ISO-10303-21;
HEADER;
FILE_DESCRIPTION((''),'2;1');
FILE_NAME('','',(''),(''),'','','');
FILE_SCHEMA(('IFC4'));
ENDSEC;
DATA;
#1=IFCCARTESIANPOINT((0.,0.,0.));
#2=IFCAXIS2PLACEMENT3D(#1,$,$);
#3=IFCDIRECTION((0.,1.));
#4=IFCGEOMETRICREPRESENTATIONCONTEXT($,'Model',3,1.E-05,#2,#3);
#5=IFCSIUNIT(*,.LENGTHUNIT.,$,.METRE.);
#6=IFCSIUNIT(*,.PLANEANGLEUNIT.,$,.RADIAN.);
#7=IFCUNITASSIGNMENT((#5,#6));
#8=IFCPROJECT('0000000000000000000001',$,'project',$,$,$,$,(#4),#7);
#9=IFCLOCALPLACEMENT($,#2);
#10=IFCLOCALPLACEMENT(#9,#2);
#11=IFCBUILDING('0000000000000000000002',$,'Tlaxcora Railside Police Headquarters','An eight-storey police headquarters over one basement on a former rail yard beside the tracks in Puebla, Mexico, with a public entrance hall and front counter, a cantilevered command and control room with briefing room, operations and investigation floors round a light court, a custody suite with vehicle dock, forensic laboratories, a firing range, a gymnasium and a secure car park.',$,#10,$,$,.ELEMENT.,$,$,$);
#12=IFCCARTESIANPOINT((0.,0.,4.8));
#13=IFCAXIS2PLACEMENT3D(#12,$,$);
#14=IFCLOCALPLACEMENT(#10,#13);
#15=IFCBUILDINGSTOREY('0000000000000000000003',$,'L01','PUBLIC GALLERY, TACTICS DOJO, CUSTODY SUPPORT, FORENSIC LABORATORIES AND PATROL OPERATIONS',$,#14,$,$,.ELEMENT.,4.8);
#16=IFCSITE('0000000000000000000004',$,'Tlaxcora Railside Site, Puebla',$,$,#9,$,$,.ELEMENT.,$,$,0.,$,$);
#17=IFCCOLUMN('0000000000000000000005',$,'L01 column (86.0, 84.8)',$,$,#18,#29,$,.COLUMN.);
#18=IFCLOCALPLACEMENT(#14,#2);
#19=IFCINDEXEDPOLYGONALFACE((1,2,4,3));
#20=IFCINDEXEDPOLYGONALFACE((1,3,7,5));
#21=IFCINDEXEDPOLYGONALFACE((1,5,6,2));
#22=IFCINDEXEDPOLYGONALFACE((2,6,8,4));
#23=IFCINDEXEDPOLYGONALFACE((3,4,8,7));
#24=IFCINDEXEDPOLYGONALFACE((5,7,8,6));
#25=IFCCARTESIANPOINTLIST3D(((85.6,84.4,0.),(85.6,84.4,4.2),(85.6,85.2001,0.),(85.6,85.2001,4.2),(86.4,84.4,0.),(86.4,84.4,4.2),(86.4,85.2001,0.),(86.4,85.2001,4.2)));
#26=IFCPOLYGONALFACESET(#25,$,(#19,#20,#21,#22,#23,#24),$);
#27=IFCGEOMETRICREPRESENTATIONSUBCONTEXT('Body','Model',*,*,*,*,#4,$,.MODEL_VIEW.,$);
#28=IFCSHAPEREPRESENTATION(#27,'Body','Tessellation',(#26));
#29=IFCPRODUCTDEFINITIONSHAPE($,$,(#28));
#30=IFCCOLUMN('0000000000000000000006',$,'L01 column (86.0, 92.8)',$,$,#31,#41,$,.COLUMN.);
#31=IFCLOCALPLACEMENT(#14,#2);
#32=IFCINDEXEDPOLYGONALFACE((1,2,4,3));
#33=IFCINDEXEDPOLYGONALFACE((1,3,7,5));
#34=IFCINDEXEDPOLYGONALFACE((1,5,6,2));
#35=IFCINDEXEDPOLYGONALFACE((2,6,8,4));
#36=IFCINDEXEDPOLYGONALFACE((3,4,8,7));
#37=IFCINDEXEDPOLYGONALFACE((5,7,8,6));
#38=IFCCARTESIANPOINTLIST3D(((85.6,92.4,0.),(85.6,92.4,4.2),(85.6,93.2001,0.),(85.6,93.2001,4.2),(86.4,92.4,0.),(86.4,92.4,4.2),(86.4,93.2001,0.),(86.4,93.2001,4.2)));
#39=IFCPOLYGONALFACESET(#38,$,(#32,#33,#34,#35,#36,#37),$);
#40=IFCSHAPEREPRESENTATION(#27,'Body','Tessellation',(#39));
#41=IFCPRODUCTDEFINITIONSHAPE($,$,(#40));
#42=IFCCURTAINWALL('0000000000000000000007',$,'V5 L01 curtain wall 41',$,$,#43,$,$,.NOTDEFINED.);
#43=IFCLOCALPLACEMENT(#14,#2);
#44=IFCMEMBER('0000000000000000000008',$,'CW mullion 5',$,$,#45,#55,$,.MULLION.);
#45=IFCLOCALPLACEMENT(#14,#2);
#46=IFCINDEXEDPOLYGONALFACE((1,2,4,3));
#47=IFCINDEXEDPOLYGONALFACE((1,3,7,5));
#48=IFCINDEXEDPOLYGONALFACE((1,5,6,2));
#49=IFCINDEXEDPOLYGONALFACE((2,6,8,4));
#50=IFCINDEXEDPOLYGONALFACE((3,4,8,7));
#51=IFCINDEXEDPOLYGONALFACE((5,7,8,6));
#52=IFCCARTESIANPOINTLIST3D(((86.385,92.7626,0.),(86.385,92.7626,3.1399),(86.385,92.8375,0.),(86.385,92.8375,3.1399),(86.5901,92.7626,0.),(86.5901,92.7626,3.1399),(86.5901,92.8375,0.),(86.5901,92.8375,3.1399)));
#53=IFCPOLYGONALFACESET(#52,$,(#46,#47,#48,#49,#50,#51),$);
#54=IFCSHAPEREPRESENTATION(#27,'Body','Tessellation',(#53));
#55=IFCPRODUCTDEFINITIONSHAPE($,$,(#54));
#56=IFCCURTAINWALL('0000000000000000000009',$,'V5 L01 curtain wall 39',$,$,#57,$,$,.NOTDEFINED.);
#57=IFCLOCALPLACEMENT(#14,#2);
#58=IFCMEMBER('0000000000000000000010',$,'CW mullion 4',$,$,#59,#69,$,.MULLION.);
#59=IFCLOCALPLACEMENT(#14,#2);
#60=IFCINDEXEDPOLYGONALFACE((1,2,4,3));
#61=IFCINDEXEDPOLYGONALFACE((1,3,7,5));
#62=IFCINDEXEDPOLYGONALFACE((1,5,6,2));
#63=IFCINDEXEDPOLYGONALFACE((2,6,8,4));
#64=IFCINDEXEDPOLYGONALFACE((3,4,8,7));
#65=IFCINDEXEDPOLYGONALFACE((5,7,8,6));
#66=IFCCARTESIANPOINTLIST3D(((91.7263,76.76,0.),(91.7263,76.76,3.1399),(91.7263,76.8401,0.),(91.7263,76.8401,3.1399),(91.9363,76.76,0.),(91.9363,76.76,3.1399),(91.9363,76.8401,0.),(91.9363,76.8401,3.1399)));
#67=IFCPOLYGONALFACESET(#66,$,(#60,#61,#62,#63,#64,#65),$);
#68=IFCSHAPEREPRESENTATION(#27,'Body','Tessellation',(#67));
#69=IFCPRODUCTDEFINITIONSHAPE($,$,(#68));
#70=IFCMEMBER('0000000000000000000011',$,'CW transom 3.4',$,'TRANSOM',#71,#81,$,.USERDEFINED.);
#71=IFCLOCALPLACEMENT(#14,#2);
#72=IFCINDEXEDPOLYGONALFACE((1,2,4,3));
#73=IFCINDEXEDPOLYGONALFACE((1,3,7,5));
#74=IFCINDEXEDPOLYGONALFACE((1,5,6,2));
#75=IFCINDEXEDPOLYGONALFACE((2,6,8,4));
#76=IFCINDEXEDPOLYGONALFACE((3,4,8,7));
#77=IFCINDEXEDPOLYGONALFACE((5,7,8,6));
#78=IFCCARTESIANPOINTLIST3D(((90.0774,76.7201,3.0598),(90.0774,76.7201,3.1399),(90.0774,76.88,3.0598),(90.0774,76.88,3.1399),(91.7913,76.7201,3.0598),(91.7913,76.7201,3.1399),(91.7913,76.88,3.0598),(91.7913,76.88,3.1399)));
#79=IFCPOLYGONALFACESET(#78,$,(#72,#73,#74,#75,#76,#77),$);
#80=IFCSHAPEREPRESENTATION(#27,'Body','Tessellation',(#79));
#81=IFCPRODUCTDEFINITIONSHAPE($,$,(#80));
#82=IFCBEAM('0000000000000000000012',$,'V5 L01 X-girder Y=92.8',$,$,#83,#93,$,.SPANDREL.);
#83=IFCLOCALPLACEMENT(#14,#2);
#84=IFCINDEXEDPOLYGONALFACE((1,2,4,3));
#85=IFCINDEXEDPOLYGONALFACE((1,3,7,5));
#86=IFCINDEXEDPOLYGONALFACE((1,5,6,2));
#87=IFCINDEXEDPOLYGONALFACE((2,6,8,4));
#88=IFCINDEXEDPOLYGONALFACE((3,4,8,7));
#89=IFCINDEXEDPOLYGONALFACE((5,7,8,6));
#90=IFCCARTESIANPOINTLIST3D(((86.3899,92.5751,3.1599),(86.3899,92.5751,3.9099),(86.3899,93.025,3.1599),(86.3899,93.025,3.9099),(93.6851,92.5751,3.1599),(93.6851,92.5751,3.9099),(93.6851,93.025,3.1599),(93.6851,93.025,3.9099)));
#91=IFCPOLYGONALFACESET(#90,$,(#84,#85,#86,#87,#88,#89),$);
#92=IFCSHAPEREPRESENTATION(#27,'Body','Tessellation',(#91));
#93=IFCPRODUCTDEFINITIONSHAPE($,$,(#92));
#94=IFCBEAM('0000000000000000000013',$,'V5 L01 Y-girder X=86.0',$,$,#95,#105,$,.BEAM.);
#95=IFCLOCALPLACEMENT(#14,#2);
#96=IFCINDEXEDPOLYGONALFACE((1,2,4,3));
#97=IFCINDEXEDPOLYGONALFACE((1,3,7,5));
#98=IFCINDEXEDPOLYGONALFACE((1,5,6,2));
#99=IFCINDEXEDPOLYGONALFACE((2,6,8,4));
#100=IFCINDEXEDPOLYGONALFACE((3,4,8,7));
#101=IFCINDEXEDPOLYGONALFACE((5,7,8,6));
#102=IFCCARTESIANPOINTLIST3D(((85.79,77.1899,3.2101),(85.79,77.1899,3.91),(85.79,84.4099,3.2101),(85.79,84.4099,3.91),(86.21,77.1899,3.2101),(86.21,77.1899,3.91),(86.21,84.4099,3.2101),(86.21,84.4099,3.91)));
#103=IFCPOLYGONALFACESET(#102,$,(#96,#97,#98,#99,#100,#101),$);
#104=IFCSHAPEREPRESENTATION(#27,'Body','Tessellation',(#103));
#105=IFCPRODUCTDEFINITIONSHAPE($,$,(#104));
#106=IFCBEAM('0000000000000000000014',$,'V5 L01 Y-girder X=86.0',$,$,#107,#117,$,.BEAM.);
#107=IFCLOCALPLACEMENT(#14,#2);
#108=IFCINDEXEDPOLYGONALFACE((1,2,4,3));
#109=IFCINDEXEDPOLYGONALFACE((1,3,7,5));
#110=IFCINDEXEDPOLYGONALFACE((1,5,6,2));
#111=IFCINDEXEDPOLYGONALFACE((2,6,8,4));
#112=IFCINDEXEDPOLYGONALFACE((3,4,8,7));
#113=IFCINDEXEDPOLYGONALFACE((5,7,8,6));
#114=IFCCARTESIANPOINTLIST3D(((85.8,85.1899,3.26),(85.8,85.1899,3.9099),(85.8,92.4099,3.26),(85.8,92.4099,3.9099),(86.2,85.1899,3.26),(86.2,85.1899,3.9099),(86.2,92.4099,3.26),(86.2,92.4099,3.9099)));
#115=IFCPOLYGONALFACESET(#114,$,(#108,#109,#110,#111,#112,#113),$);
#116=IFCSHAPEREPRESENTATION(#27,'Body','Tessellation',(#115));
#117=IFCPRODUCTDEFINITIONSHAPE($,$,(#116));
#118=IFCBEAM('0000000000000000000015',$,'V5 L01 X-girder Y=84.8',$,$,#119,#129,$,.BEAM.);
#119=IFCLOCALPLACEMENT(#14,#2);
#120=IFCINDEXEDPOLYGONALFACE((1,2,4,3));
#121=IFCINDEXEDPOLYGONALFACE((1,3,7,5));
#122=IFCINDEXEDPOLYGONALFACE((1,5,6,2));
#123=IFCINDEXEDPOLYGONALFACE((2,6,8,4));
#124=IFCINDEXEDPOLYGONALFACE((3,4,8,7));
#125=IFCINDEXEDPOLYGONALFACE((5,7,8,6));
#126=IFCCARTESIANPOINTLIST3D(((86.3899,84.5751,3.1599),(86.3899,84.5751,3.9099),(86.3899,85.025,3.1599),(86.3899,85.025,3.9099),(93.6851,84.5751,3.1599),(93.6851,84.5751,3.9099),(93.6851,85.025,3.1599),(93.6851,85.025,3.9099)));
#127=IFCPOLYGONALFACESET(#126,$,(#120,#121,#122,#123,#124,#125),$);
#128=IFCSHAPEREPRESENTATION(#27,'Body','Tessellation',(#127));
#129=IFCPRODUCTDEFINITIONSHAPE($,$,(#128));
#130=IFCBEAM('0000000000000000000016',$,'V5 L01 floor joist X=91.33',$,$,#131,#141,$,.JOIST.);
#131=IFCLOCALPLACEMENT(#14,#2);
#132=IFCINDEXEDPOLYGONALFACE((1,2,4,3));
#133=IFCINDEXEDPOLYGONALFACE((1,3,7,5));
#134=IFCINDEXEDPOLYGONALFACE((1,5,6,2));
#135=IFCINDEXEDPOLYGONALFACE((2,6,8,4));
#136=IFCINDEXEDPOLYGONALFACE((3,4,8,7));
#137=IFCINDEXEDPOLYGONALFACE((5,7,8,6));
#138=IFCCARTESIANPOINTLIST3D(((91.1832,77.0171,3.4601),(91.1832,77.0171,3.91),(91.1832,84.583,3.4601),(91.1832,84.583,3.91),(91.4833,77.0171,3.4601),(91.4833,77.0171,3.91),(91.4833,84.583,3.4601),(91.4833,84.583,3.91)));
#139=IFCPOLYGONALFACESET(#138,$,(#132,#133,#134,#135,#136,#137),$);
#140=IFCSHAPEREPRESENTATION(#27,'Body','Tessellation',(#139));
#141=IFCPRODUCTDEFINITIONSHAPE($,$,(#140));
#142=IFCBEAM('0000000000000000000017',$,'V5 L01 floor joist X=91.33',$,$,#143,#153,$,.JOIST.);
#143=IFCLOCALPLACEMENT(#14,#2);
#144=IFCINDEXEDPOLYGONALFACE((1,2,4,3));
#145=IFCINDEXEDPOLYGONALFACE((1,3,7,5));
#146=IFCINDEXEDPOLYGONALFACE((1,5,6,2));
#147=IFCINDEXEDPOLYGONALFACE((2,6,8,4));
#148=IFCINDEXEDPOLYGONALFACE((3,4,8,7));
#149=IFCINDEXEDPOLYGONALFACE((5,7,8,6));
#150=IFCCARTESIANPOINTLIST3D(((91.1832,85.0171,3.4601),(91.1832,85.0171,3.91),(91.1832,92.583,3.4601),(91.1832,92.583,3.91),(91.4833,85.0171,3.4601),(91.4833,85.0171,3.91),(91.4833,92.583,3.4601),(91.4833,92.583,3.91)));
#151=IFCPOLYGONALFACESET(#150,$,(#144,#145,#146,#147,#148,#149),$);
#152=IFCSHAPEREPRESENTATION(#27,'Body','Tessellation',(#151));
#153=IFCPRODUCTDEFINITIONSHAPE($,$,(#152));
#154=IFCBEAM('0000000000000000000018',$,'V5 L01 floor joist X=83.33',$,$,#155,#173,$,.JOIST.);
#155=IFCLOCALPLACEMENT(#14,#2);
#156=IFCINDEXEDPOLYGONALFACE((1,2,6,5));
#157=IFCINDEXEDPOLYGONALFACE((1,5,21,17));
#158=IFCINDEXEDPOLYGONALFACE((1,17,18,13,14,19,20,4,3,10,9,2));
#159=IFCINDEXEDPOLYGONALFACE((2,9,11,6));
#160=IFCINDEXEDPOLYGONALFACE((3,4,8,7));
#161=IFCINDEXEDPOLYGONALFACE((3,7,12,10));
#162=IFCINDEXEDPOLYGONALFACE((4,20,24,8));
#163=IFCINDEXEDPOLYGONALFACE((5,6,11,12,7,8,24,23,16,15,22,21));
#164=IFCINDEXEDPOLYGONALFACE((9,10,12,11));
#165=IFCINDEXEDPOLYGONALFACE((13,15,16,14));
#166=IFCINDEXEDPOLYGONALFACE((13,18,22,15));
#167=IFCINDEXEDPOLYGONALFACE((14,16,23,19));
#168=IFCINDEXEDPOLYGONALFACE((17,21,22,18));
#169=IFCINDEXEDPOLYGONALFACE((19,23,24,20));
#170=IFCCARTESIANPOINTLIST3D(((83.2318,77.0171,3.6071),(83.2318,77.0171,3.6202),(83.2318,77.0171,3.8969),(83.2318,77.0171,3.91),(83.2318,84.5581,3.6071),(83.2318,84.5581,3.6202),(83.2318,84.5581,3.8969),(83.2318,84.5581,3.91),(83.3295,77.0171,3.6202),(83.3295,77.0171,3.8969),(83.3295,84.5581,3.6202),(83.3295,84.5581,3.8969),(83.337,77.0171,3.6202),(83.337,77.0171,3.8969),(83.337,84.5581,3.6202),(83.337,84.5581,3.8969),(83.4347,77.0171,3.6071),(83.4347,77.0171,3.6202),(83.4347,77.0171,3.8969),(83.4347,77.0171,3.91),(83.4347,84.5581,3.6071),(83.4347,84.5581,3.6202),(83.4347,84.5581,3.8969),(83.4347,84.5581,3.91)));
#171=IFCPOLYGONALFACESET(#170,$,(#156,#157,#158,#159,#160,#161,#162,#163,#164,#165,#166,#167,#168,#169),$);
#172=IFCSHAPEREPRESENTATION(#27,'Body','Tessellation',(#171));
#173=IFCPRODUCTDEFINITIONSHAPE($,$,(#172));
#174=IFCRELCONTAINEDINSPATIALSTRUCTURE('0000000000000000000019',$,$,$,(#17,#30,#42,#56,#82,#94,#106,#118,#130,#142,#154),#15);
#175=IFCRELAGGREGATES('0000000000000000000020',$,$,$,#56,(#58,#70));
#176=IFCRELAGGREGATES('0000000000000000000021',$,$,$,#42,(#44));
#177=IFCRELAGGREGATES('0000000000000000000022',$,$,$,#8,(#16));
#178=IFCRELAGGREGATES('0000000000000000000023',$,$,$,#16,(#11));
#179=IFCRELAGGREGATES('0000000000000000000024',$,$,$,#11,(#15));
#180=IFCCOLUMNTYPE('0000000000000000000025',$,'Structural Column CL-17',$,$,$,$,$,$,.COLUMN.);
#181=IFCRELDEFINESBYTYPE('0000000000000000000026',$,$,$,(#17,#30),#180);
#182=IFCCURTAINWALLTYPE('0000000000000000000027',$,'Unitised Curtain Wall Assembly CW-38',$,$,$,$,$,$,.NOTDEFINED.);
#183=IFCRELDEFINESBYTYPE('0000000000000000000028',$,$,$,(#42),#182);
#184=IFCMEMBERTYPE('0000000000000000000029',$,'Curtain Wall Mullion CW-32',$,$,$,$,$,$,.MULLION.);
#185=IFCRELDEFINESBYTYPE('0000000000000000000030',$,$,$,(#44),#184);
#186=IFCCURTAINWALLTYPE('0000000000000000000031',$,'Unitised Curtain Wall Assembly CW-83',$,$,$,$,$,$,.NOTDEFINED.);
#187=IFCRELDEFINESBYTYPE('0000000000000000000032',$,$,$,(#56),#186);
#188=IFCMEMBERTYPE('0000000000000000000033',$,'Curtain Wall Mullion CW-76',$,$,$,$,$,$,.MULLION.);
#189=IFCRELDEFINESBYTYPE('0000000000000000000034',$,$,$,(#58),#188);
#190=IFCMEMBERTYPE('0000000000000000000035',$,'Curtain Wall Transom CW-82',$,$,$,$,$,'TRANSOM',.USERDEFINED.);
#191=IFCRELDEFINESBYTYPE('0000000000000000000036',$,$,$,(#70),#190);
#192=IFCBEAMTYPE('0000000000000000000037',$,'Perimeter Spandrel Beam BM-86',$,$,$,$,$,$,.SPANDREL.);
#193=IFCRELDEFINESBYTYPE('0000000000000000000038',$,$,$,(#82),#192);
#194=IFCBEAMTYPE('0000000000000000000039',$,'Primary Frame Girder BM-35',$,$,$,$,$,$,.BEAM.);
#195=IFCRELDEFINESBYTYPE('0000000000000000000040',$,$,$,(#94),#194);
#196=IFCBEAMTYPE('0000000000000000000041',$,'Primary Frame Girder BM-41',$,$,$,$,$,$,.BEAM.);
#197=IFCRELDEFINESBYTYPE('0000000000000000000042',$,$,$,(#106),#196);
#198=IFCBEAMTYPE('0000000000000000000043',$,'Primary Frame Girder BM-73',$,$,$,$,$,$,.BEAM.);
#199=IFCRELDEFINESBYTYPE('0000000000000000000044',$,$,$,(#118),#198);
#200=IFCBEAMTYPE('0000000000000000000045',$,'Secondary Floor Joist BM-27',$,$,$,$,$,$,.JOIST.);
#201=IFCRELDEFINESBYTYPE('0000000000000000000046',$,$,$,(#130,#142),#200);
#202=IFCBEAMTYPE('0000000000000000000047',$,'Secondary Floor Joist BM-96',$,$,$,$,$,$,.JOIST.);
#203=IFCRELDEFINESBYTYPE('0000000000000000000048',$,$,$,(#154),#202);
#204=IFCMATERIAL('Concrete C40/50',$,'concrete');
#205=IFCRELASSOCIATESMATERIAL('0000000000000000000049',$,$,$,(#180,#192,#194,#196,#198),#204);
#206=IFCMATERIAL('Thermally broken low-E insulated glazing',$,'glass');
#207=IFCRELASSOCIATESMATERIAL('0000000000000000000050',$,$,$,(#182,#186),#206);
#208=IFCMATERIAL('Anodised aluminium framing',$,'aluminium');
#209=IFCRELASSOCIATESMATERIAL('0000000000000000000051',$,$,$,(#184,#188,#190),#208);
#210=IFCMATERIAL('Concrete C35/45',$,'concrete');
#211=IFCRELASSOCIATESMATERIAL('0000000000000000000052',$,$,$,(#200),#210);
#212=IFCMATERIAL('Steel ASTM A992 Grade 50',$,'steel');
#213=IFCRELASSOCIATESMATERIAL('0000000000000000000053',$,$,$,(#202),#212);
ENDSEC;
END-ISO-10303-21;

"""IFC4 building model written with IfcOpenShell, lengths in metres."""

from ifc_helpers import new_model, si_unit, direction, frame, origin, origin_2d, place, context, subcontext, project, spatial, rectangle, i_section, extrude, material, material_profile, profile_set, type_object, element, aggregate, save


model = new_model("IFC4")

# Units and contexts
model_context = context("Model", 3, precision=1e-05, world=origin(), true_north=direction((0.0, 1.0)))
body_context = subcontext(model_context, "Body", "Model", "MODEL_VIEW")
ifc_project = project(units=[si_unit("LENGTHUNIT", "METRE"), si_unit("PLANEANGLEUNIT", "RADIAN")], contexts=[model_context])

# Site, building, storey
site_placement = place(None, origin())
site = spatial("IfcSite", under=ifc_project, at=site_placement, Name="Tlaxcora Railside Site, Puebla", CompositionType="ELEMENT", RefElevation=0.0)
building_placement = place(site_placement, origin())
building = spatial("IfcBuilding", under=site, at=building_placement, Name="Tlaxcora Railside Police Headquarters", Description="An eight-storey police headquarters over one basement on a former rail yard beside the tracks in Puebla, Mexico, with a public entrance hall and front counter, a cantilevered command and control room with briefing room, operations and investigation floors round a light court, a custody suite with vehicle dock, forensic laboratories, a firing range, a gymnasium and a secure car park.", CompositionType="ELEMENT")
storey_placement = place(building_placement, frame((0.0, 0.0, 4.8)))
storey = spatial("IfcBuildingStorey", under=building, at=storey_placement, Name="L01", Description="PUBLIC GALLERY, TACTICS DOJO, CUSTODY SUPPORT, FORENSIC LABORATORIES AND PATROL OPERATIONS", CompositionType="ELEMENT", Elevation=4.8)

# Columns
ifc_material_1 = material(Name="Concrete C40/50", Category="concrete")
ifc_material_profile_1 = material_profile(ifc_material_1, rectangle(XDim=0.8, YDim=0.8, at=origin_2d()), Name="RC800X800")
ifc_profile_set_1 = profile_set([ifc_material_profile_1], Name="Concrete C40/50")
column_type = type_object("IfcColumnType", Name="Structural Column CL-17", PredefinedType="COLUMN", material=ifc_profile_set_1)
for number, where, z_axis, x_axis, name in (
    (1, (86.0, 84.8, 0.0), (0.0, 0.0, 1.0), (1.0, 0.0, 0.0), "L01 column (86.0, 84.8)"),
    (2, (86.0, 92.8, 0.0), (0.0, 0.0, 1.0), (1.0, 0.0, 0.0), "L01 column (86.0, 92.8)"),
):
    element("IfcColumn", number, at=place(storey_placement, frame(where, z_axis=z_axis, x_axis=x_axis)), inside=storey, type_object=column_type, Name=name, PredefinedType="COLUMN", context=body_context, shape_type="SweptSolid", body=[
        extrude(rectangle(XDim=0.8, YDim=0.8, at=origin_2d()), origin(), (0.0, 0.0, 1.0), 4.2),
    ])

# Curtain wall, member
ifc_material_2 = material(Name="Thermally broken low-E insulated glazing", Category="glass")
curtain_wall_type_1 = type_object("IfcCurtainWallType", Name="Unitised Curtain Wall Assembly CW-38", PredefinedType="NOTDEFINED", material=ifc_material_2)
curtain_wall_1_placement = place(storey_placement, origin())
curtain_wall_1 = element("IfcCurtainWall", 3, at=curtain_wall_1_placement, inside=storey, type_object=curtain_wall_type_1, Name="V5 L01 curtain wall 41", PredefinedType="NOTDEFINED")
ifc_material_3 = material(Name="Anodised aluminium framing", Category="aluminium")
ifc_material_profile_2 = material_profile(ifc_material_3, rectangle(XDim=0.075, YDim=0.2051, at=origin_2d()), Name="AL75X205")
ifc_profile_set_2 = profile_set([ifc_material_profile_2], Name="Anodised aluminium framing")
member_type_1 = type_object("IfcMemberType", Name="Curtain Wall Mullion CW-32", PredefinedType="MULLION", material=ifc_profile_set_2)
member_1_placement = place(storey_placement, frame((86.4875, 92.8, 0.0), z_axis=(0.0, 0.0, 1.0), x_axis=(0.0, -1.0, 0.0)))
member_1 = element("IfcMember", 4, at=member_1_placement, type_object=member_type_1, Name="CW mullion 5", PredefinedType="MULLION", context=body_context, shape_type="SweptSolid", body=[
    extrude(rectangle(XDim=0.075, YDim=0.2051, at=origin_2d()), origin(), (0.0, 0.0, 1.0), 3.1399),
])

# Curtain wall, members
curtain_wall_type_2 = type_object("IfcCurtainWallType", Name="Unitised Curtain Wall Assembly CW-83", PredefinedType="NOTDEFINED", material=ifc_material_2)
curtain_wall_2_placement = place(storey_placement, origin())
curtain_wall_2 = element("IfcCurtainWall", 5, at=curtain_wall_2_placement, inside=storey, type_object=curtain_wall_type_2, Name="V5 L01 curtain wall 39", PredefinedType="NOTDEFINED")
ifc_material_profile_3 = material_profile(ifc_material_3, rectangle(XDim=0.0801, YDim=0.21, at=origin_2d()), Name="AL80X210")
ifc_profile_set_3 = profile_set([ifc_material_profile_3], Name="Anodised aluminium framing")
member_type_2 = type_object("IfcMemberType", Name="Curtain Wall Mullion CW-76", PredefinedType="MULLION", material=ifc_profile_set_3)
member_2_placement = place(storey_placement, frame((91.8313, 76.8, 0.0), z_axis=(0.0, 0.0, 1.0), x_axis=(0.0, 1.0, 0.0)))
member_2 = element("IfcMember", 6, at=member_2_placement, type_object=member_type_2, Name="CW mullion 4", PredefinedType="MULLION", context=body_context, shape_type="SweptSolid", body=[
    extrude(rectangle(XDim=0.0801, YDim=0.21, at=origin_2d()), origin(), (0.0, 0.0, 1.0), 3.1399),
])
ifc_material_profile_4 = material_profile(ifc_material_3, rectangle(XDim=0.1599, YDim=0.0801, at=origin_2d()), Name="AL80X160")
ifc_profile_set_4 = profile_set([ifc_material_profile_4], Name="Anodised aluminium framing")
member_type_3 = type_object("IfcMemberType", Name="Curtain Wall Transom CW-82", ElementType="TRANSOM", PredefinedType="USERDEFINED", material=ifc_profile_set_4)
member_3_placement = place(storey_placement, frame((90.0774, 76.8, 3.0999), z_axis=(1.0, 0.0, 0.0), x_axis=(0.0, 1.0, 0.0)))
member_3 = element("IfcMember", 7, at=member_3_placement, type_object=member_type_3, Name="CW transom 3.4", ObjectType="TRANSOM", PredefinedType="USERDEFINED", context=body_context, shape_type="SweptSolid", body=[
    extrude(rectangle(XDim=0.1599, YDim=0.0801, at=origin_2d()), origin(), (0.0, 0.0, 1.0), 1.7139),
])

# Beams
ifc_material_profile_5 = material_profile(ifc_material_1, rectangle(XDim=0.45, YDim=0.75, at=origin_2d()), Name="RC450X750")
ifc_profile_set_5 = profile_set([ifc_material_profile_5], Name="Concrete C40/50")
beam_type_1 = type_object("IfcBeamType", Name="Perimeter Spandrel Beam BM-86", PredefinedType="SPANDREL", material=ifc_profile_set_5)
beam_1_placement = place(storey_placement, frame((86.3899, 92.8, 3.5349), z_axis=(1.0, 0.0, 0.0), x_axis=(0.0, 1.0, 0.0)))
element("IfcBeam", 8, at=beam_1_placement, inside=storey, type_object=beam_type_1, Name="V5 L01 X-girder Y=92.8", PredefinedType="SPANDREL", context=body_context, shape_type="SweptSolid", body=[
    extrude(rectangle(XDim=0.45, YDim=0.75, at=origin_2d()), origin(), (0.0, 0.0, 1.0), 7.2952),
])
ifc_material_profile_6 = material_profile(ifc_material_1, rectangle(XDim=0.4199, YDim=0.7, at=origin_2d()), Name="RC420X700")
ifc_profile_set_6 = profile_set([ifc_material_profile_6], Name="Concrete C40/50")
beam_type_2 = type_object("IfcBeamType", Name="Primary Frame Girder BM-35", PredefinedType="BEAM", material=ifc_profile_set_6)
beam_2_placement = place(storey_placement, frame((86.0, 77.1899, 3.5601), z_axis=(0.0, 1.0, 0.0), x_axis=(-1.0, 0.0, 0.0)))
element("IfcBeam", 9, at=beam_2_placement, inside=storey, type_object=beam_type_2, Name="V5 L01 Y-girder X=86.0", PredefinedType="BEAM", context=body_context, shape_type="SweptSolid", body=[
    extrude(rectangle(XDim=0.4199, YDim=0.7, at=origin_2d()), origin(), (0.0, 0.0, 1.0), 7.22),
])
ifc_material_profile_7 = material_profile(ifc_material_1, rectangle(XDim=0.3999, YDim=0.6499, at=origin_2d()), Name="RC400X650")
ifc_profile_set_7 = profile_set([ifc_material_profile_7], Name="Concrete C40/50")
beam_type_3 = type_object("IfcBeamType", Name="Primary Frame Girder BM-41", PredefinedType="BEAM", material=ifc_profile_set_7)
beam_3_placement = place(storey_placement, frame((86.0, 85.1899, 3.585), z_axis=(0.0, 1.0, 0.0), x_axis=(-1.0, 0.0, 0.0)))
element("IfcBeam", 10, at=beam_3_placement, inside=storey, type_object=beam_type_3, Name="V5 L01 Y-girder X=86.0", PredefinedType="BEAM", context=body_context, shape_type="SweptSolid", body=[
    extrude(rectangle(XDim=0.3999, YDim=0.6499, at=origin_2d()), origin(), (0.0, 0.0, 1.0), 7.22),
])
ifc_material_profile_8 = material_profile(ifc_material_1, rectangle(XDim=0.45, YDim=0.75, at=origin_2d()), Name="RC450X750")
ifc_profile_set_8 = profile_set([ifc_material_profile_8], Name="Concrete C40/50")
beam_type_4 = type_object("IfcBeamType", Name="Primary Frame Girder BM-73", PredefinedType="BEAM", material=ifc_profile_set_8)
beam_4_placement = place(storey_placement, frame((86.3899, 84.8, 3.5349), z_axis=(1.0, 0.0, 0.0), x_axis=(0.0, 1.0, 0.0)))
element("IfcBeam", 11, at=beam_4_placement, inside=storey, type_object=beam_type_4, Name="V5 L01 X-girder Y=84.8", PredefinedType="BEAM", context=body_context, shape_type="SweptSolid", body=[
    extrude(rectangle(XDim=0.45, YDim=0.75, at=origin_2d()), origin(), (0.0, 0.0, 1.0), 7.2952),
])
ifc_material_4 = material(Name="Concrete C35/45", Category="concrete")
ifc_material_profile_9 = material_profile(ifc_material_4, rectangle(XDim=0.3, YDim=0.45, at=origin_2d()), Name="RC300X450")
ifc_profile_set_9 = profile_set([ifc_material_profile_9], Name="Concrete C35/45")
beam_type_5 = type_object("IfcBeamType", Name="Secondary Floor Joist BM-27", PredefinedType="JOIST", material=ifc_profile_set_9)
for number, where, z_axis, x_axis, name in (
    (12, (91.3333, 77.0171, 3.6851), (0.0, 1.0, 0.0), (-1.0, 0.0, 0.0), "V5 L01 floor joist X=91.33"),
    (13, (91.3333, 85.0171, 3.6851), (0.0, 1.0, 0.0), (-1.0, 0.0, 0.0), "V5 L01 floor joist X=91.33"),
):
    element("IfcBeam", number, at=place(storey_placement, frame(where, z_axis=z_axis, x_axis=x_axis)), inside=storey, type_object=beam_type_5, Name=name, PredefinedType="JOIST", context=body_context, shape_type="SweptSolid", body=[
        extrude(rectangle(XDim=0.3, YDim=0.45, at=origin_2d()), origin(), (0.0, 0.0, 1.0), 7.5659),
    ])
ifc_material_5 = material(Name="Steel ASTM A992 Grade 50", Category="steel")
ifc_material_profile_10 = material_profile(ifc_material_5, i_section(OverallWidth=0.2029, OverallDepth=0.303, WebThickness=0.0076, FlangeThickness=0.0132, at=origin_2d()), Name="W12X40")
ifc_profile_set_10 = profile_set([ifc_material_profile_10], Name="Steel ASTM A992 Grade 50")
beam_type_6 = type_object("IfcBeamType", Name="Secondary Floor Joist BM-96", PredefinedType="JOIST", material=ifc_profile_set_10)
beam_5_placement = place(storey_placement, frame((83.3333, 77.0171, 3.7585), z_axis=(0.0, 1.0, 0.0), x_axis=(-1.0, 0.0, 0.0)))
element("IfcBeam", 14, at=beam_5_placement, inside=storey, type_object=beam_type_6, Name="V5 L01 floor joist X=83.33", PredefinedType="JOIST", context=body_context, shape_type="SweptSolid", body=[
    extrude(i_section(OverallWidth=0.2029, OverallDepth=0.303, WebThickness=0.0076, FlangeThickness=0.0132, at=origin_2d()), origin(), (0.0, 0.0, 1.0), 7.541),
])

aggregate(curtain_wall_2, [member_2, member_3])
aggregate(curtain_wall_1, [member_1])

save(model, "model.ifc")
